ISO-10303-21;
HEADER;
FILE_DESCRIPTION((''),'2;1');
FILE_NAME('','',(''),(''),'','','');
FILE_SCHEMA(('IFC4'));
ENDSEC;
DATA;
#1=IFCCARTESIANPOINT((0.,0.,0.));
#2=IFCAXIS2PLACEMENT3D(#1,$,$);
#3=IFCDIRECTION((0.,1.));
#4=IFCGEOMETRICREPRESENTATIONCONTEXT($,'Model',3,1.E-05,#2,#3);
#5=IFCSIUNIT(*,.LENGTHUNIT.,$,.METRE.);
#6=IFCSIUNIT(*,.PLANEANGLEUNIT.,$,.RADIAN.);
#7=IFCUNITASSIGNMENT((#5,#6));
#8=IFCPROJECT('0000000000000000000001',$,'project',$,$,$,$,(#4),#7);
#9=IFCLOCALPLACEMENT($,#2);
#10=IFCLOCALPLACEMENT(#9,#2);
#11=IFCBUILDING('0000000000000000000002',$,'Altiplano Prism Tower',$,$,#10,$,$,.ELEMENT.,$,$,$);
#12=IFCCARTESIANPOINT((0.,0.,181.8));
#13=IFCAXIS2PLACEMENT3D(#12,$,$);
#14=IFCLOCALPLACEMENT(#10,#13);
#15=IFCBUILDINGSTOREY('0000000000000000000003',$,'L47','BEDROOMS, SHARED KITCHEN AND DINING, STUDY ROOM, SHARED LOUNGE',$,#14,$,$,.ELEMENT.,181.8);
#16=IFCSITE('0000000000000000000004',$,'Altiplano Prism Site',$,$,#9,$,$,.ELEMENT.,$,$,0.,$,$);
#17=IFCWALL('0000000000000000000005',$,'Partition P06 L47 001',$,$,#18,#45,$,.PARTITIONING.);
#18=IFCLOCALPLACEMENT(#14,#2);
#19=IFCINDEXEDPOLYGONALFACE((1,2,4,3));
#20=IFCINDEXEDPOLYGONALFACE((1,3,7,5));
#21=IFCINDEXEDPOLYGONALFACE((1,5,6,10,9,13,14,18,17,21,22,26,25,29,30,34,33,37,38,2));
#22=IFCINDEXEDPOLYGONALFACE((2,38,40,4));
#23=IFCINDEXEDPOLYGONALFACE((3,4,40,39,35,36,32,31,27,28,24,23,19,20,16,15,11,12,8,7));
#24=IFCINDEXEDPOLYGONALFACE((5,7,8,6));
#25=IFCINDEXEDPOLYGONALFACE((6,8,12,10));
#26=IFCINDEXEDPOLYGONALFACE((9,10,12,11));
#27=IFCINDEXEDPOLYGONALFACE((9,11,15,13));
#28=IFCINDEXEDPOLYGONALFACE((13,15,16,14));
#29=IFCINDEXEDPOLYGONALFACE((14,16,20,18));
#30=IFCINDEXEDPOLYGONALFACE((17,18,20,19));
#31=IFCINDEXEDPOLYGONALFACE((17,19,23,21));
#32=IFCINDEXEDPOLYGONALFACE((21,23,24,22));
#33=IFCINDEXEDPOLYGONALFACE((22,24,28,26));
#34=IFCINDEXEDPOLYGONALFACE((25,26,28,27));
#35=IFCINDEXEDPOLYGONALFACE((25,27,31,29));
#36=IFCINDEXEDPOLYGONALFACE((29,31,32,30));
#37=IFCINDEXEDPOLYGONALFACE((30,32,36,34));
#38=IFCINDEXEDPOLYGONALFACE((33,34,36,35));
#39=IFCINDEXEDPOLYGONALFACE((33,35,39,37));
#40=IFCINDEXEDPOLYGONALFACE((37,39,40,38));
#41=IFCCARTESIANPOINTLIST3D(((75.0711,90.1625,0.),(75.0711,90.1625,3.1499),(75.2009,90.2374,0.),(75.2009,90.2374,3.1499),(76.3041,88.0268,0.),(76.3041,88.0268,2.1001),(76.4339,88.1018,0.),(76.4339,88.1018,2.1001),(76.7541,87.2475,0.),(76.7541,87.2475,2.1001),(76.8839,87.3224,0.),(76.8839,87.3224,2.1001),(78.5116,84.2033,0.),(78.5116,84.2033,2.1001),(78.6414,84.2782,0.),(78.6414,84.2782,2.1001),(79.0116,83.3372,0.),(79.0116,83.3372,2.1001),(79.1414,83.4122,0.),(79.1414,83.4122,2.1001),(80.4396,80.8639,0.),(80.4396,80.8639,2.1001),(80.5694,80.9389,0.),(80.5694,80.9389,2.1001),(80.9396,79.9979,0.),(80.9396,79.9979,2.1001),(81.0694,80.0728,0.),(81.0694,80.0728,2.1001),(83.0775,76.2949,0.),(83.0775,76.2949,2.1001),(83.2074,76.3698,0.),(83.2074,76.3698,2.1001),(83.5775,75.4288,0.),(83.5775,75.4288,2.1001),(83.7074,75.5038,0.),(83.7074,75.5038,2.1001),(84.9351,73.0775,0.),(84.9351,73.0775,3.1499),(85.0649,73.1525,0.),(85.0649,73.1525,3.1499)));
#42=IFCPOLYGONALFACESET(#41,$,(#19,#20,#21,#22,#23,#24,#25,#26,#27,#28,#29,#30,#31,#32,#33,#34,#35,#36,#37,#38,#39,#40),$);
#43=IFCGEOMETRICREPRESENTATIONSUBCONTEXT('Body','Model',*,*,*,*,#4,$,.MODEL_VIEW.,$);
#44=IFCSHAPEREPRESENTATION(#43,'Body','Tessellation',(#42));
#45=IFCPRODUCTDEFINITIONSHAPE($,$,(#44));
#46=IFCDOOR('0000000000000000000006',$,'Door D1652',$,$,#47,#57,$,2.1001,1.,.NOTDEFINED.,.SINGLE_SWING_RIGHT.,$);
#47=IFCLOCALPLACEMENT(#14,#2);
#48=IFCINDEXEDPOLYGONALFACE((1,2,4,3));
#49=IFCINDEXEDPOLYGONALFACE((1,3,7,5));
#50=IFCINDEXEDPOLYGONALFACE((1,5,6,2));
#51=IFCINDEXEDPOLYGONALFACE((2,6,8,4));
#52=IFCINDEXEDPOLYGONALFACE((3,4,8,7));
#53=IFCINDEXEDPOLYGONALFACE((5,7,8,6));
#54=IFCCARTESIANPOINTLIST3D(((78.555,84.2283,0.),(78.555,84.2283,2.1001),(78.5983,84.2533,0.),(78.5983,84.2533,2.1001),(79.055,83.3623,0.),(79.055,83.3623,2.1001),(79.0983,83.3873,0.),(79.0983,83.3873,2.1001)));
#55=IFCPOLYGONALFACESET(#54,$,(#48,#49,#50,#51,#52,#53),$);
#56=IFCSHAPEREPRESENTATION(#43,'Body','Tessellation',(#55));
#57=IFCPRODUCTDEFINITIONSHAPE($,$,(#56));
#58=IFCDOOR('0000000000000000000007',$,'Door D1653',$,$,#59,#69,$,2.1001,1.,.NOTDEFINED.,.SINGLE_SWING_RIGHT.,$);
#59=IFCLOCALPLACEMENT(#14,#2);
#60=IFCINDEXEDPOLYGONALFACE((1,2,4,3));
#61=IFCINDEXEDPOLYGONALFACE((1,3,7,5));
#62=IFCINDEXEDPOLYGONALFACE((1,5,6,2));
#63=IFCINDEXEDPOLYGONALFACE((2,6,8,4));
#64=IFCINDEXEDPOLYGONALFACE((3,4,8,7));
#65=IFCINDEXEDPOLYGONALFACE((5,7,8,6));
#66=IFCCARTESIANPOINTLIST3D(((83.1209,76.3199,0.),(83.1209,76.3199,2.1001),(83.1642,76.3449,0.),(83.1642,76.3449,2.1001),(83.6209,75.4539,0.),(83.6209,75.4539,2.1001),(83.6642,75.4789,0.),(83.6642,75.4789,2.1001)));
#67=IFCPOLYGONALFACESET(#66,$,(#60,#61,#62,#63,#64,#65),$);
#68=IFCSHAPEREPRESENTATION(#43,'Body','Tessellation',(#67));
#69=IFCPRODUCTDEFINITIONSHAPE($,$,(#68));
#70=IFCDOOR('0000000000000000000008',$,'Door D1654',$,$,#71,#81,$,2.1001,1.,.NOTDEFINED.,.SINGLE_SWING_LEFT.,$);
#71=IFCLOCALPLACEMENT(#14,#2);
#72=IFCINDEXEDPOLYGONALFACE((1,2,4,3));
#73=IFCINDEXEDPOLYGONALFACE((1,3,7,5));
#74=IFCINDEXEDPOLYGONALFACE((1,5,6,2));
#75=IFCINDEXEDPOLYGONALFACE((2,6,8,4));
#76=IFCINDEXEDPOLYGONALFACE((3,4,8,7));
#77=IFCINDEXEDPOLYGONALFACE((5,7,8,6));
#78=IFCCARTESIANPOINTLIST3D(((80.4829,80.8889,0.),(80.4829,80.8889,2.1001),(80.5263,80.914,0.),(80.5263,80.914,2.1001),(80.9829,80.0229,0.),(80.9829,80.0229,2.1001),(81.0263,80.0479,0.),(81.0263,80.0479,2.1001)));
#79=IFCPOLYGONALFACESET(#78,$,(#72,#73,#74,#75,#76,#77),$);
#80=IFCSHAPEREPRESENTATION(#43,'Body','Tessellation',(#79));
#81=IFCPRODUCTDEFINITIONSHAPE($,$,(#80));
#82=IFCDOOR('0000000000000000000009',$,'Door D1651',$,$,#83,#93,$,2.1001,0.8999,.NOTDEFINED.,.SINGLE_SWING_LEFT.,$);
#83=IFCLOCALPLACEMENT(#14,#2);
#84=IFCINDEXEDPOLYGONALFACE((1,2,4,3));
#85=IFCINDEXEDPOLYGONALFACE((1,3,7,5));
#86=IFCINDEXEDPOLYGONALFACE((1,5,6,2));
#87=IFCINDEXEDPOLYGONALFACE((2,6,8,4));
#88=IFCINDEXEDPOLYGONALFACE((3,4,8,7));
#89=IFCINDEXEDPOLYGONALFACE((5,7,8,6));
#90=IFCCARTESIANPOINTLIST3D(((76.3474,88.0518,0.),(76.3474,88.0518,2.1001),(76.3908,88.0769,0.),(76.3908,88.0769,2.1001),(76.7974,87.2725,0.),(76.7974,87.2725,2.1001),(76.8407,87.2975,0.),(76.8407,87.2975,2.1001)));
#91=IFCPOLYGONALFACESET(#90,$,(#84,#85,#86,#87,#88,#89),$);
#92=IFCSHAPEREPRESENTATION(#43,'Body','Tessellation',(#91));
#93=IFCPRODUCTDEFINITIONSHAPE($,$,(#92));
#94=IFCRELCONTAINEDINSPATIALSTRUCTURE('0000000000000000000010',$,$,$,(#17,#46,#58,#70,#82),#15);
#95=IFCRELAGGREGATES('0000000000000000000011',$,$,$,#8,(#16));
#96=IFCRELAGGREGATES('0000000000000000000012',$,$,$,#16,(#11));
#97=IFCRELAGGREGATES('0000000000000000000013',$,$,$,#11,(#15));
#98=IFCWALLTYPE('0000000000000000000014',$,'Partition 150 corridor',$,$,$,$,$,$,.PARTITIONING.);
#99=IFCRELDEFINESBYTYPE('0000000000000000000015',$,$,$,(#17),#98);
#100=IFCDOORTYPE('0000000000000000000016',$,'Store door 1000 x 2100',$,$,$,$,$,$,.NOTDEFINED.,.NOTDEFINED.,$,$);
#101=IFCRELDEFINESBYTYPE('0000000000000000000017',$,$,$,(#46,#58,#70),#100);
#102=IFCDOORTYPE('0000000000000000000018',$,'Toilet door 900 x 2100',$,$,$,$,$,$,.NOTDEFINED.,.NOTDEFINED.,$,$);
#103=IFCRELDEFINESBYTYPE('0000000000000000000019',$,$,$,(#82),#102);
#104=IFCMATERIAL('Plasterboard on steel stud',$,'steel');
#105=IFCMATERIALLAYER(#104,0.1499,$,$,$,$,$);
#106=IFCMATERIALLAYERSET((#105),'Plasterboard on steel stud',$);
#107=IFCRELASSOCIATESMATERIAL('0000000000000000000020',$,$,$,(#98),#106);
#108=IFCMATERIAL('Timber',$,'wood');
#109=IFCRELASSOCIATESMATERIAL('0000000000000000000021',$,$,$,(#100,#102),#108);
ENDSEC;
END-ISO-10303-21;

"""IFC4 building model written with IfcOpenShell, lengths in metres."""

from ifc_helpers import new_model, si_unit, direction, frame, frame_2d, origin, place, context, subcontext, project, spatial, rectangle, extrude, material, layer, layer_set, type_object, element, fill, save


model = new_model("IFC4")

# Units and contexts
model_context = context("Model", 3, precision=1e-05, world=origin(), true_north=direction((0.0, 1.0)))
body_context = subcontext(model_context, "Body", "Model", "MODEL_VIEW")
ifc_project = project(units=[si_unit("LENGTHUNIT", "METRE"), si_unit("PLANEANGLEUNIT", "RADIAN")], contexts=[model_context])

# Site, building, storey
site_placement = place(None, origin())
site = spatial("IfcSite", under=ifc_project, at=site_placement, Name="Altiplano Prism Site", CompositionType="ELEMENT", RefElevation=0.0)
building_placement = place(site_placement, origin())
building = spatial("IfcBuilding", under=site, at=building_placement, Name="Altiplano Prism Tower", CompositionType="ELEMENT")
storey_placement = place(building_placement, frame((0.0, 0.0, 181.8)))
storey = spatial("IfcBuildingStorey", under=building, at=storey_placement, Name="L47", Description="BEDROOMS, SHARED KITCHEN AND DINING, STUDY ROOM, SHARED LOUNGE", CompositionType="ELEMENT", Elevation=181.8)

# Shared definitions
ifc_material_1 = material(Name="Plasterboard on steel stud", Category="steel")
ifc_material_2 = material(Name="Timber", Category="wood")

# Wall, openings, doors
ifc_layer_1 = layer(ifc_material_1, 0.1499)
ifc_layer_set_1 = layer_set([ifc_layer_1], Name="Plasterboard on steel stud")
wall_type_1 = type_object("IfcWallType", Name="Partition 150 corridor", PredefinedType="PARTITIONING", material=ifc_layer_set_1)
wall_1_placement = place(storey_placement, frame((85.0, 73.115, 0.0), z_axis=(0.0, 0.0, 1.0), x_axis=(-0.5, 0.866025, 0.0)))
wall_1 = element("IfcWall", 1, at=wall_1_placement, inside=storey, type_object=wall_type_1, Name="Partition P06 L47 001", PredefinedType="PARTITIONING", context=body_context, shape_type="SweptSolid", body=[
    extrude(rectangle(XDim=19.728, YDim=0.1499, at=frame_2d((9.864, 0.0))), origin(), (0.0, 0.0, 1.0), 3.1499),
])
opening_1_placement = place(wall_1_placement, frame((16.3621, 0.0, 0.0)))
opening_1 = element("IfcOpeningElement", 2, at=opening_1_placement, cuts=wall_1, PredefinedType="OPENING", context=body_context, shape_type="SweptSolid", body=[
    extrude(rectangle(XDim=0.8999, YDim=2.1001, at=frame_2d((0.45, 1.05))), frame((0.0, 0.0854, 0.0), z_axis=(0.0, -1.0, 0.0), x_axis=(1.0, 0.0, 0.0)), (0.0, 0.0, 1.0), 0.1709),
])
opening_2_placement = place(wall_1_placement, frame((11.8469, 0.0, 0.0)))
opening_2 = element("IfcOpeningElement", 3, at=opening_2_placement, cuts=wall_1, PredefinedType="OPENING", context=body_context, shape_type="SweptSolid", body=[
    extrude(rectangle(XDim=1.0, YDim=2.1001, at=frame_2d((0.5, 1.05))), frame((0.0, 0.0854, 0.0), z_axis=(0.0, -1.0, 0.0), x_axis=(1.0, 0.0, 0.0)), (0.0, 0.0, 1.0), 0.1709),
])
opening_3_placement = place(wall_1_placement, frame((2.7151, 0.0, 0.0)))
opening_3 = element("IfcOpeningElement", 4, at=opening_3_placement, cuts=wall_1, PredefinedType="OPENING", context=body_context, shape_type="SweptSolid", body=[
    extrude(rectangle(XDim=1.0, YDim=2.1001, at=frame_2d((0.5, 1.05))), frame((0.0, 0.0854, 0.0), z_axis=(0.0, -1.0, 0.0), x_axis=(1.0, 0.0, 0.0)), (0.0, 0.0, 1.0), 0.1709),
])
opening_4_placement = place(wall_1_placement, frame((7.991, 0.0, 0.0)))
opening_4 = element("IfcOpeningElement", 5, at=opening_4_placement, cuts=wall_1, PredefinedType="OPENING", context=body_context, shape_type="SweptSolid", body=[
    extrude(rectangle(XDim=1.0, YDim=2.1001, at=frame_2d((0.5, 1.05))), frame((0.0, 0.0854, 0.0), z_axis=(0.0, -1.0, 0.0), x_axis=(1.0, 0.0, 0.0)), (0.0, 0.0, 1.0), 0.1709),
])
door_type_1 = type_object("IfcDoorType", Name="Store door 1000 x 2100", OperationType="NOTDEFINED", PredefinedType="NOTDEFINED", material=ifc_material_2)
door_1_placement = place(opening_2_placement, origin())
door_1 = element("IfcDoor", 6, at=door_1_placement, inside=storey, type_object=door_type_1, Name="Door D1652", OperationType="SINGLE_SWING_RIGHT", OverallHeight=2.1001, OverallWidth=1.0, PredefinedType="NOTDEFINED", context=body_context, shape_type="SweptSolid", body=[
    extrude(rectangle(XDim=1.0, YDim=2.1001, at=frame_2d((0.5, 1.05))), frame((0.0, 0.0249, 0.0), z_axis=(0.0, -1.0, 0.0), x_axis=(1.0, 0.0, 0.0)), (0.0, 0.0, 1.0), 0.05),
])
fill(opening_2, door_1)
door_2_placement = place(opening_3_placement, origin())
door_2 = element("IfcDoor", 7, at=door_2_placement, inside=storey, type_object=door_type_1, Name="Door D1653", OperationType="SINGLE_SWING_RIGHT", OverallHeight=2.1001, OverallWidth=1.0, PredefinedType="NOTDEFINED", context=body_context, shape_type="SweptSolid", body=[
    extrude(rectangle(XDim=1.0, YDim=2.1001, at=frame_2d((0.5, 1.05))), frame((0.0, 0.0249, 0.0), z_axis=(0.0, -1.0, 0.0), x_axis=(1.0, 0.0, 0.0)), (0.0, 0.0, 1.0), 0.05),
])
fill(opening_3, door_2)
door_3_placement = place(opening_4_placement, origin())
door_3 = element("IfcDoor", 8, at=door_3_placement, inside=storey, type_object=door_type_1, Name="Door D1654", OperationType="SINGLE_SWING_LEFT", OverallHeight=2.1001, OverallWidth=1.0, PredefinedType="NOTDEFINED", context=body_context, shape_type="SweptSolid", body=[
    extrude(rectangle(XDim=1.0, YDim=2.1001, at=frame_2d((0.5, 1.05))), frame((0.0, 0.0249, 0.0), z_axis=(0.0, -1.0, 0.0), x_axis=(1.0, 0.0, 0.0)), (0.0, 0.0, 1.0), 0.05),
])
fill(opening_4, door_3)
door_type_2 = type_object("IfcDoorType", Name="Toilet door 900 x 2100", OperationType="NOTDEFINED", PredefinedType="NOTDEFINED", material=ifc_material_2)
door_4_placement = place(opening_1_placement, origin())
door_4 = element("IfcDoor", 9, at=door_4_placement, inside=storey, type_object=door_type_2, Name="Door D1651", OperationType="SINGLE_SWING_LEFT", OverallHeight=2.1001, OverallWidth=0.8999, PredefinedType="NOTDEFINED", context=body_context, shape_type="SweptSolid", body=[
    extrude(rectangle(XDim=0.8999, YDim=2.1001, at=frame_2d((0.45, 1.05))), frame((0.0, 0.0249, 0.0), z_axis=(0.0, -1.0, 0.0), x_axis=(1.0, 0.0, 0.0)), (0.0, 0.0, 1.0), 0.05),
])
fill(opening_1, door_4)

save(model, "model.ifc")
